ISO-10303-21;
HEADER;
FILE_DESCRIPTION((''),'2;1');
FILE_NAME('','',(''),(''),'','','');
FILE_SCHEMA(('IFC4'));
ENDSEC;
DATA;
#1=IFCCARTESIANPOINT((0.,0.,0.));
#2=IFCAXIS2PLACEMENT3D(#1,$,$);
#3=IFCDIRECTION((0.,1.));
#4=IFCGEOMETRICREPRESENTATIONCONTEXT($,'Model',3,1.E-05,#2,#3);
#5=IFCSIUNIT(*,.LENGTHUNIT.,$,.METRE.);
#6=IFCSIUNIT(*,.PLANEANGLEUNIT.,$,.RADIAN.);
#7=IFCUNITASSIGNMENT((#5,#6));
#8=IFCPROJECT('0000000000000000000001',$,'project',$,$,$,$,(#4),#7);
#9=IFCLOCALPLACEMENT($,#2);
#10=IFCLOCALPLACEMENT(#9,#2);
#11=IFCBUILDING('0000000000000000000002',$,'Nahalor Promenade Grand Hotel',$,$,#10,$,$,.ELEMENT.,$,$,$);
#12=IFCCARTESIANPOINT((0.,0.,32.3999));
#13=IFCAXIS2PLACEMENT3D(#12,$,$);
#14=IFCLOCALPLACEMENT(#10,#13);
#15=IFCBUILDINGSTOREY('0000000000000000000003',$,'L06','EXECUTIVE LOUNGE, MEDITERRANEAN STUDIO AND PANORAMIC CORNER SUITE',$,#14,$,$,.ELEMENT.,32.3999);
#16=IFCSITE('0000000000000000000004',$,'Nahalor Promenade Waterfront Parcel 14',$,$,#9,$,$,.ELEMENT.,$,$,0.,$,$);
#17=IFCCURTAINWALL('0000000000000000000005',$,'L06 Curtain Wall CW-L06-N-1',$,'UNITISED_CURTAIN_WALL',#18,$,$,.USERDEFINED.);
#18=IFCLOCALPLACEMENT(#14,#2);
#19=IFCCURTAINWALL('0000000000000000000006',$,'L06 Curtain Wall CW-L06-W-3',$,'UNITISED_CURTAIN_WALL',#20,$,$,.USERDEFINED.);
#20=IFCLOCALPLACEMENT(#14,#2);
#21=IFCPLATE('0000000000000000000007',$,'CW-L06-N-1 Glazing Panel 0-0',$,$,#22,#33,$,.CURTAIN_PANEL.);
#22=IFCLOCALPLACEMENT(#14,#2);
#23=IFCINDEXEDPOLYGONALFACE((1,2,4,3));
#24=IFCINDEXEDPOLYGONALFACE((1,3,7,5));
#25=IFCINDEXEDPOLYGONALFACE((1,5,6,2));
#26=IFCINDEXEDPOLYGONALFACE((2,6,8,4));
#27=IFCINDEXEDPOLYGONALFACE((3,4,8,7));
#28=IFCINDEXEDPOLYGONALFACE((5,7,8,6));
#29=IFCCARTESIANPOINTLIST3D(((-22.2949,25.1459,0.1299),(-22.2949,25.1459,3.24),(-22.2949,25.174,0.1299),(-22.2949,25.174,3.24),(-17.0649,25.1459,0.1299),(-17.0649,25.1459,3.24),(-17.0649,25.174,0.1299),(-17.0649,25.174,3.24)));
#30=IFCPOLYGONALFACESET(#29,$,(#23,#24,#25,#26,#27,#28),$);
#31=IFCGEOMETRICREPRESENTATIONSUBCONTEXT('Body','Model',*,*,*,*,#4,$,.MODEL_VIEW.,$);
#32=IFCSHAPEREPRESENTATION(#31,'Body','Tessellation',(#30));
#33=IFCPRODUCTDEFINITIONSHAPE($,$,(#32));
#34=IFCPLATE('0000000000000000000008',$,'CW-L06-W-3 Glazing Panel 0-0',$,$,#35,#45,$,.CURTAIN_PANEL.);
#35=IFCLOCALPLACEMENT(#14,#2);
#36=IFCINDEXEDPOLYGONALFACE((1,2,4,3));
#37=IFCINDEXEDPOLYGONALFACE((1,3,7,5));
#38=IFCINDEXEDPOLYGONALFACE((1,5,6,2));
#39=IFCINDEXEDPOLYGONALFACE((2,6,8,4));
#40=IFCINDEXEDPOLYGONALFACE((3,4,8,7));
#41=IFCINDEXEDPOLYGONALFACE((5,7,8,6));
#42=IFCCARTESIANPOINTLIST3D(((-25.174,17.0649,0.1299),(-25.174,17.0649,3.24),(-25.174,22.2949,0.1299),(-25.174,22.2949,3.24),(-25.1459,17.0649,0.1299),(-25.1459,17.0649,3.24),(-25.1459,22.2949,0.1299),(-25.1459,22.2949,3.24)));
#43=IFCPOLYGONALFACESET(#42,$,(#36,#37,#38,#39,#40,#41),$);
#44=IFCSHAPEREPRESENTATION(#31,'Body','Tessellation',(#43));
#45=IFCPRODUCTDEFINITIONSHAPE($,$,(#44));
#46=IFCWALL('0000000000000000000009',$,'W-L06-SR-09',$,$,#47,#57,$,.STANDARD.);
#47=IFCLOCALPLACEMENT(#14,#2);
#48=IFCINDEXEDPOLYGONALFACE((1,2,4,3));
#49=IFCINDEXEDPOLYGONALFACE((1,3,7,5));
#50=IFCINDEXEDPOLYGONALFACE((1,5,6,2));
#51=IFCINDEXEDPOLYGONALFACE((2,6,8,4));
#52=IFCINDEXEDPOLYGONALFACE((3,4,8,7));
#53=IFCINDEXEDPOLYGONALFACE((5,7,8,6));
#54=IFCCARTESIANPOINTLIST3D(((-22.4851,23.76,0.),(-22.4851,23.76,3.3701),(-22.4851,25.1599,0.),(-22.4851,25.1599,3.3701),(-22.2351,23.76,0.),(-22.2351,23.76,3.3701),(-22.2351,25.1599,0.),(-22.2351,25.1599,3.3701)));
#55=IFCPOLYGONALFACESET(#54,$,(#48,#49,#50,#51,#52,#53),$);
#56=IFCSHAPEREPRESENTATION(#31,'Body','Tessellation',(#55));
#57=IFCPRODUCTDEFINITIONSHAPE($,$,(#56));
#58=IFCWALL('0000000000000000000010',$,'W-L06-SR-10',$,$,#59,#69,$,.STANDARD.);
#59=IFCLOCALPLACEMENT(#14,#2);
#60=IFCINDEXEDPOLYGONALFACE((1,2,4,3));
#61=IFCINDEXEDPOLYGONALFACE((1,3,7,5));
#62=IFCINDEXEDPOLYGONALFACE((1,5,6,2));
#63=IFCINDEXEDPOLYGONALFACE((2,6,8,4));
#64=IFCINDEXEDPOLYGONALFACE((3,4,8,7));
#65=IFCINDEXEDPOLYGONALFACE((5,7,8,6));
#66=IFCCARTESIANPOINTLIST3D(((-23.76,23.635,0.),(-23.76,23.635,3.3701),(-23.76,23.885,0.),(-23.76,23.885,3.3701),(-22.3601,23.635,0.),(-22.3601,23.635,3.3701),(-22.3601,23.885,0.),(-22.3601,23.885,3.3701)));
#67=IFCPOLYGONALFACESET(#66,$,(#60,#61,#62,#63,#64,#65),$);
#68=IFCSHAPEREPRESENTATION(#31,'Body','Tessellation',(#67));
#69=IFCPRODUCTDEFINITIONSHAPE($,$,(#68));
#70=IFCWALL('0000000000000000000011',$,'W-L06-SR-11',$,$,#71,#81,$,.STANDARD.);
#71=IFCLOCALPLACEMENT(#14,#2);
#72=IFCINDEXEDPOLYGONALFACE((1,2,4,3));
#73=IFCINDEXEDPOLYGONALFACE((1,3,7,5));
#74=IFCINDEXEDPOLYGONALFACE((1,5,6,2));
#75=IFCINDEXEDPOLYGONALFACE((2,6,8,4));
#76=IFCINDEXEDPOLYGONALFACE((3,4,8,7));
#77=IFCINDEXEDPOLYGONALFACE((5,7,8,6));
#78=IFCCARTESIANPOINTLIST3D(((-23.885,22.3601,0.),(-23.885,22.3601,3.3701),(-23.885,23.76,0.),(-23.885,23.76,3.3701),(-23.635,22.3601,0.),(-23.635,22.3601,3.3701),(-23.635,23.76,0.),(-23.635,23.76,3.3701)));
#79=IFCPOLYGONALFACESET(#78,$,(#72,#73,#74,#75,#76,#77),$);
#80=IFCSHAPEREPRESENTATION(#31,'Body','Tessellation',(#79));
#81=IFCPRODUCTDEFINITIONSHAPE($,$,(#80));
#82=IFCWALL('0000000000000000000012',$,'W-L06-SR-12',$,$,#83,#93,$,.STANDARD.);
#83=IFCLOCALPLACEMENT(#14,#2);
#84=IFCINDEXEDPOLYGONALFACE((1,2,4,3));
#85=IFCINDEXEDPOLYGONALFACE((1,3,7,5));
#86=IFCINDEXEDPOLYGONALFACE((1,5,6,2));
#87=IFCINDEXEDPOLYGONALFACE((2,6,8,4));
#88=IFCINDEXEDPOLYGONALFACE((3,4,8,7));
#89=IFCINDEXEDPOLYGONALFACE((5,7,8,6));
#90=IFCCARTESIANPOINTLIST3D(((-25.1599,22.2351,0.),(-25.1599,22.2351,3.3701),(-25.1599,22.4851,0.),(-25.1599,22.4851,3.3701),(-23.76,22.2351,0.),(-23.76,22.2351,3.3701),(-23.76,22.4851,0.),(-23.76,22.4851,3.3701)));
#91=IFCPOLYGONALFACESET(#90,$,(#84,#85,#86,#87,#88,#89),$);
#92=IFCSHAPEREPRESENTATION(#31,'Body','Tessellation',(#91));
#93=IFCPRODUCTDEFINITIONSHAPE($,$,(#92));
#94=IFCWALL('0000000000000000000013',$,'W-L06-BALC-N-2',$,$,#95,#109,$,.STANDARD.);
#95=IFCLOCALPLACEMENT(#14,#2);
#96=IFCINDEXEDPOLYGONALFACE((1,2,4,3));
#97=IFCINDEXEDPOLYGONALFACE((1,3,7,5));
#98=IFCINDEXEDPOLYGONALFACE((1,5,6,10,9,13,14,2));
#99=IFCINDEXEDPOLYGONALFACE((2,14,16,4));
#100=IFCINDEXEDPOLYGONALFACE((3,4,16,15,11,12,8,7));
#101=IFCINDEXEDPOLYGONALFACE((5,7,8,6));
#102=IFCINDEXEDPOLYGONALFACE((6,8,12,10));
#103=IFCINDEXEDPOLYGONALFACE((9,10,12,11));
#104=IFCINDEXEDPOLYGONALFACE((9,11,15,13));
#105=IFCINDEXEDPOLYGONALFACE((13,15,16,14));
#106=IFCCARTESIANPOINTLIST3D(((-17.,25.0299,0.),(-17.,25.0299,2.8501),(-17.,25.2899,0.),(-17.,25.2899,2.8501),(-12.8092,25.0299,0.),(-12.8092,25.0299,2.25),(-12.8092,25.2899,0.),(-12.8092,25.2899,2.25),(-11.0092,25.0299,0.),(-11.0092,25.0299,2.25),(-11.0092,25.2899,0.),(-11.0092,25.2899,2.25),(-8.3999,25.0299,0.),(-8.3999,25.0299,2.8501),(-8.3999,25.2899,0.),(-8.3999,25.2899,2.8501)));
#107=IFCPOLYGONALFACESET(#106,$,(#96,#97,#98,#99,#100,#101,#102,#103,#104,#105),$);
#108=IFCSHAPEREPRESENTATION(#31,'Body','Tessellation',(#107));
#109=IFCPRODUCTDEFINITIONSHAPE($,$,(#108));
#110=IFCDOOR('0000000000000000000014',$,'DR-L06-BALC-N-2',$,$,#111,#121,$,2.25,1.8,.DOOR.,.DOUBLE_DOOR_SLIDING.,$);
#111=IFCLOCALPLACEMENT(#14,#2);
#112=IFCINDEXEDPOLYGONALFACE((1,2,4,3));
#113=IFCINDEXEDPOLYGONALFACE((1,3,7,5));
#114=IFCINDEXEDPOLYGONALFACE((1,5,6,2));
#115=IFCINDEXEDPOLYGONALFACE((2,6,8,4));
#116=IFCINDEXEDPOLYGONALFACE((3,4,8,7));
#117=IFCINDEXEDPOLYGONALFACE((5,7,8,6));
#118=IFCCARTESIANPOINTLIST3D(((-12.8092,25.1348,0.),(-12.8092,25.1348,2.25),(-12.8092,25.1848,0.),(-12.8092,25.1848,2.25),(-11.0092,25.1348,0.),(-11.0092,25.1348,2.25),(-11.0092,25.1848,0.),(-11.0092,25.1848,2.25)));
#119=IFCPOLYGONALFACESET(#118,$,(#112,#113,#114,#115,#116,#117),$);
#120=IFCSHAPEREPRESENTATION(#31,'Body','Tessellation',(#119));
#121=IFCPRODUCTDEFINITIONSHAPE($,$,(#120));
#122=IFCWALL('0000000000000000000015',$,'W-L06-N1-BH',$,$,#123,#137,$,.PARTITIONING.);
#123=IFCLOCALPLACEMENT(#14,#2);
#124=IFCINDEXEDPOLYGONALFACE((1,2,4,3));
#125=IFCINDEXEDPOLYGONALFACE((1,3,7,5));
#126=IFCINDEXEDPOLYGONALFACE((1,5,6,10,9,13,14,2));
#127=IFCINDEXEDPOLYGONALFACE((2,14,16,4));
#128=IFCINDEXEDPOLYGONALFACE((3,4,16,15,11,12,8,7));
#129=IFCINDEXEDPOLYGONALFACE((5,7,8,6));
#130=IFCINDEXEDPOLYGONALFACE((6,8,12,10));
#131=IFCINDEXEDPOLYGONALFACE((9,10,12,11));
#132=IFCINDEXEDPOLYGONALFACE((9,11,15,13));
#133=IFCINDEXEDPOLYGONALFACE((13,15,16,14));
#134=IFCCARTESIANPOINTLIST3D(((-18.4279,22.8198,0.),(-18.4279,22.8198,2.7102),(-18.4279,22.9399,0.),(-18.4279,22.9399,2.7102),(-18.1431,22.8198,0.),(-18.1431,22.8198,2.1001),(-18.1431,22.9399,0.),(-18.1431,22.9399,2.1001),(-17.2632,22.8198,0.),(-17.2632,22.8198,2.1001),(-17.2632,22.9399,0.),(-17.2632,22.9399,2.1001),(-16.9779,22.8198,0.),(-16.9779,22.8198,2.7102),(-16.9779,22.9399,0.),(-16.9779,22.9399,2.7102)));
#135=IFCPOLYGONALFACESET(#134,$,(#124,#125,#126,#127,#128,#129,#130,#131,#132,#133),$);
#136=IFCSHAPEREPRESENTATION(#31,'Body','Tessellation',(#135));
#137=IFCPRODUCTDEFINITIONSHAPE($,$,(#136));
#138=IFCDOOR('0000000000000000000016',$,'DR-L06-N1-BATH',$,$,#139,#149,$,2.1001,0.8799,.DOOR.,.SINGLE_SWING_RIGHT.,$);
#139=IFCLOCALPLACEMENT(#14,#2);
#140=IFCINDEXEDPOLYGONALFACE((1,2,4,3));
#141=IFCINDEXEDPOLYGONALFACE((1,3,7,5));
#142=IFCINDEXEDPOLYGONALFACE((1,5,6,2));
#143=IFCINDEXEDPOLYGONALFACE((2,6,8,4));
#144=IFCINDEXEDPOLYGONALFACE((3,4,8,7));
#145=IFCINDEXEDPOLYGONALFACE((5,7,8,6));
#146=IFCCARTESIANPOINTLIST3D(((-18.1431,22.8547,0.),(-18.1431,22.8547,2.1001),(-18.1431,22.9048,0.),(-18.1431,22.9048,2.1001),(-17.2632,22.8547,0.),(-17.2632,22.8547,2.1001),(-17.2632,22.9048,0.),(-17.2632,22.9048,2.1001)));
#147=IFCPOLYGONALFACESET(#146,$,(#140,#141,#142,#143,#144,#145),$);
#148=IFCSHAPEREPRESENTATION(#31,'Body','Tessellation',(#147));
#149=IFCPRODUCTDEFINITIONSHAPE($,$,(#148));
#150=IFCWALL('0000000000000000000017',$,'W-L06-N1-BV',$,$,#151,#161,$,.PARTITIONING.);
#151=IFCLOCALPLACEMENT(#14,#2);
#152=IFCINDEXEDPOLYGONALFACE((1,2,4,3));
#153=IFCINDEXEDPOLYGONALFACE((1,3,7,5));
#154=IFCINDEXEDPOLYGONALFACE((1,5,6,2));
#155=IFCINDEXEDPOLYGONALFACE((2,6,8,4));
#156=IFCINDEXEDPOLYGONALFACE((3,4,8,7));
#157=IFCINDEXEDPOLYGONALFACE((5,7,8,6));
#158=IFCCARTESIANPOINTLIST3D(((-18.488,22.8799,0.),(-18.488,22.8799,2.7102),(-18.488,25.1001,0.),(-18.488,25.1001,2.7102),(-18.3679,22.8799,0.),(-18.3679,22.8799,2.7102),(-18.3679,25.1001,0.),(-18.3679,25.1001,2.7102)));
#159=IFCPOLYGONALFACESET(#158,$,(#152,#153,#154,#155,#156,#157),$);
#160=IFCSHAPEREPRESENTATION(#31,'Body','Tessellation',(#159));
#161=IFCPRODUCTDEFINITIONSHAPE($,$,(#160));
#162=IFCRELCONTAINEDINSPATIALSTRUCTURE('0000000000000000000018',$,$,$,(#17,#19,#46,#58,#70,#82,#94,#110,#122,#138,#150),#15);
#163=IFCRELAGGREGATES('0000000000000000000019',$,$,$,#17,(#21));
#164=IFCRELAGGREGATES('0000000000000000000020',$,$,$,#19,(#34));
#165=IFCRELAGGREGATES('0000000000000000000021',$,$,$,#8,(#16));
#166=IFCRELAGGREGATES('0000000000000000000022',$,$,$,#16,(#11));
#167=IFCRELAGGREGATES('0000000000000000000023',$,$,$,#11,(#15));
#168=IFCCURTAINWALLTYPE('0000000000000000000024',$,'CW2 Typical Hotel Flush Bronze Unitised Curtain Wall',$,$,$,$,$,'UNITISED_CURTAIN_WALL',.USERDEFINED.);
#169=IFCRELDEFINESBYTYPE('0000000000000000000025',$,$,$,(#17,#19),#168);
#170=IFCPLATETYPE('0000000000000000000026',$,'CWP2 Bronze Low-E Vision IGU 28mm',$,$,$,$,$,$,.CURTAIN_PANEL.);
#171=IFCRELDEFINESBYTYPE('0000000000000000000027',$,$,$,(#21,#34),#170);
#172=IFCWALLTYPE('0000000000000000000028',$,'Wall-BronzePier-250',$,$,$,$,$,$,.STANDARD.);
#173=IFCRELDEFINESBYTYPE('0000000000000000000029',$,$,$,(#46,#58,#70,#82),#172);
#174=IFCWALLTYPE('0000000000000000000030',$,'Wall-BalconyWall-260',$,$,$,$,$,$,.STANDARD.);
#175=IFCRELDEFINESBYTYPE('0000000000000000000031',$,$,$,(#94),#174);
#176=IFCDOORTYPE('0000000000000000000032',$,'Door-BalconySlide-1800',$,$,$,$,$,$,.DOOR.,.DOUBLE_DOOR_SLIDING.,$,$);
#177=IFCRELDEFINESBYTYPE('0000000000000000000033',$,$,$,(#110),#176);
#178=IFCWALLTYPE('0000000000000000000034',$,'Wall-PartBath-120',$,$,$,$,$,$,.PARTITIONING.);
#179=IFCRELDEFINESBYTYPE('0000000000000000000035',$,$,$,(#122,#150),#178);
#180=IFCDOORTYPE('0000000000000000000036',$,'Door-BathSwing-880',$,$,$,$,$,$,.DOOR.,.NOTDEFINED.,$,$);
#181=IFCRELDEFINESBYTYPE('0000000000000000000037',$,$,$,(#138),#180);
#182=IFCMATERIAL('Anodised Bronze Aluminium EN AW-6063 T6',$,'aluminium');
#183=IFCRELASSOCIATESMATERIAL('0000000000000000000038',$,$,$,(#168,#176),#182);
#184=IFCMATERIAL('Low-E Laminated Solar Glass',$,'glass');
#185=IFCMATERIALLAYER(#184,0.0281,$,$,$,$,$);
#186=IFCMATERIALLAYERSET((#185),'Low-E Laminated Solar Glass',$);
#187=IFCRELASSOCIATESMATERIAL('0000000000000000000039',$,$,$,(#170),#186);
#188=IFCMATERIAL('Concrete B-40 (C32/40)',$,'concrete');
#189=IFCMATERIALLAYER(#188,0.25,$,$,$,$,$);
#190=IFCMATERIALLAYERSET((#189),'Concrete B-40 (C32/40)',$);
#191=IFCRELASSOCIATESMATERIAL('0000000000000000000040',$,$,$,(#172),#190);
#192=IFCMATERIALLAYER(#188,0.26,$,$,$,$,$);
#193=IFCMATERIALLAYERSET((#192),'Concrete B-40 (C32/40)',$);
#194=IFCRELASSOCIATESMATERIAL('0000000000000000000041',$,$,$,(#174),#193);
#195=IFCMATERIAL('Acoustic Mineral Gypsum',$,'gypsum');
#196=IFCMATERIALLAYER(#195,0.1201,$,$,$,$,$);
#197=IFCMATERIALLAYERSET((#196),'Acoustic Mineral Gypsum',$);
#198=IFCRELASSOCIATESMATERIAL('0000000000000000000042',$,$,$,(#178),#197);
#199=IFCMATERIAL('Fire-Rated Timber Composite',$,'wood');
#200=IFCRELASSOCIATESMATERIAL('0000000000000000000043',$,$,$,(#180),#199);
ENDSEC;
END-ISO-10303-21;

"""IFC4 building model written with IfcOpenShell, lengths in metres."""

from ifc_helpers import new_model, si_unit, direction, frame, frame_2d, origin, origin_2d, place, context, subcontext, project, spatial, rectangle, extrude, source, transform, mapped, material, layer, layer_set, type_object, element, fill, aggregate, save


model = new_model("IFC4")

# Units and contexts
model_context = context("Model", 3, precision=1e-05, world=origin(), true_north=direction((0.0, 1.0)))
body_context = subcontext(model_context, "Body", "Model", "MODEL_VIEW")
ifc_project = project(units=[si_unit("LENGTHUNIT", "METRE"), si_unit("PLANEANGLEUNIT", "RADIAN")], contexts=[model_context])

# Site, building, storey
site_placement = place(None, origin())
site = spatial("IfcSite", under=ifc_project, at=site_placement, Name="Nahalor Promenade Waterfront Parcel 14", CompositionType="ELEMENT", RefElevation=0.0)
building_placement = place(site_placement, origin())
building = spatial("IfcBuilding", under=site, at=building_placement, Name="Nahalor Promenade Grand Hotel", CompositionType="ELEMENT")
storey_placement = place(building_placement, frame((0.0, 0.0, 32.3999)))
storey = spatial("IfcBuildingStorey", under=building, at=storey_placement, Name="L06", Description="EXECUTIVE LOUNGE, MEDITERRANEAN STUDIO AND PANORAMIC CORNER SUITE", CompositionType="ELEMENT", Elevation=32.3999)

# Curtain walls
ifc_material_1 = material(Name="Anodised Bronze Aluminium EN AW-6063 T6", Category="aluminium")
curtain_wall_type = type_object("IfcCurtainWallType", Name="CW2 Typical Hotel Flush Bronze Unitised Curtain Wall", ElementType="UNITISED_CURTAIN_WALL", PredefinedType="USERDEFINED", material=ifc_material_1)
curtain_wall_1_placement = place(storey_placement, origin())
curtain_wall_1 = element("IfcCurtainWall", 1, at=curtain_wall_1_placement, inside=storey, type_object=curtain_wall_type, Name="L06 Curtain Wall CW-L06-N-1", ObjectType="UNITISED_CURTAIN_WALL", PredefinedType="USERDEFINED")
curtain_wall_2_placement = place(storey_placement, origin())
curtain_wall_2 = element("IfcCurtainWall", 2, at=curtain_wall_2_placement, inside=storey, type_object=curtain_wall_type, Name="L06 Curtain Wall CW-L06-W-3", ObjectType="UNITISED_CURTAIN_WALL", PredefinedType="USERDEFINED")

# Plates
ifc_material_2 = material(Name="Low-E Laminated Solar Glass", Category="glass")
ifc_layer_1 = layer(ifc_material_2, 0.0281)
ifc_layer_set_1 = layer_set([ifc_layer_1], Name="Low-E Laminated Solar Glass")
plate_type = type_object("IfcPlateType", Name="CWP2 Bronze Low-E Vision IGU 28mm", PredefinedType="CURTAIN_PANEL", material=ifc_layer_set_1)
shared_shape_1 = source(origin(), body_context, "Body", "SweptSolid", [
    extrude(rectangle(XDim=5.23, YDim=0.0281, at=origin_2d()), origin(), (0.0, 0.0, 1.0), 3.1101),
])
plate_1_placement = place(storey_placement, frame((-19.6799, 25.1599, 0.1299), z_axis=(0.0, 0.0, 1.0), x_axis=(1.0, 0.0, 0.0)))
plate_1 = element("IfcPlate", 3, at=plate_1_placement, type_object=plate_type, Name="CW-L06-N-1 Glazing Panel 0-0", PredefinedType="CURTAIN_PANEL", context=body_context, shape_type="MappedRepresentation", body=[
    mapped(shared_shape_1, transform((0.0, 0.0, 0.0), scale=1.0)),
])
aggregate(curtain_wall_1, [plate_1])
plate_2_placement = place(storey_placement, frame((-25.1599, 19.6799, 0.1299), z_axis=(0.0, 0.0, 1.0), x_axis=(0.0, 1.0, 0.0)))
plate_2 = element("IfcPlate", 4, at=plate_2_placement, type_object=plate_type, Name="CW-L06-W-3 Glazing Panel 0-0", PredefinedType="CURTAIN_PANEL", context=body_context, shape_type="MappedRepresentation", body=[
    mapped(shared_shape_1, transform((0.0, 0.0, 0.0), scale=1.0)),
])
aggregate(curtain_wall_2, [plate_2])

# Walls
ifc_material_3 = material(Name="Concrete B-40 (C32/40)", Category="concrete")
ifc_layer_2 = layer(ifc_material_3, 0.25)
ifc_layer_set_2 = layer_set([ifc_layer_2], Name="Concrete B-40 (C32/40)")
wall_type_1 = type_object("IfcWallType", Name="Wall-BronzePier-250", PredefinedType="STANDARD", material=ifc_layer_set_2)
shared_shape_2 = source(origin(), body_context, "Body", "SweptSolid", [
    extrude(rectangle(XDim=1.3999, YDim=0.25, at=frame_2d((0.7, 0.0))), origin(), (0.0, 0.0, 1.0), 3.3701),
])
for number, where, z_axis, x_axis, name in (
    (5, (-22.3601, 23.76, 0.0), (0.0, 0.0, 1.0), (0.0, 1.0, 0.0), "W-L06-SR-09"),
    (6, (-23.76, 23.76, 0.0), (0.0, 0.0, 1.0), (1.0, 0.0, 0.0), "W-L06-SR-10"),
    (7, (-23.76, 22.3601, 0.0), (0.0, 0.0, 1.0), (0.0, 1.0, 0.0), "W-L06-SR-11"),
    (8, (-25.1599, 22.3601, 0.0), (0.0, 0.0, 1.0), (1.0, 0.0, 0.0), "W-L06-SR-12"),
):
    element("IfcWall", number, at=place(storey_placement, frame(where, z_axis=z_axis, x_axis=x_axis)), inside=storey, type_object=wall_type_1, Name=name, PredefinedType="STANDARD", context=body_context, shape_type="MappedRepresentation", body=[
        mapped(shared_shape_2, transform((0.0, 0.0, 0.0), scale=1.0)),
    ])

# Walls, openings, doors
ifc_layer_3 = layer(ifc_material_3, 0.26)
ifc_layer_set_3 = layer_set([ifc_layer_3], Name="Concrete B-40 (C32/40)")
wall_type_2 = type_object("IfcWallType", Name="Wall-BalconyWall-260", PredefinedType="STANDARD", material=ifc_layer_set_3)
shared_shape_3 = source(origin(), body_context, "Body", "SweptSolid", [
    extrude(rectangle(XDim=8.6001, YDim=0.26, at=frame_2d((4.3, 0.0))), origin(), (0.0, 0.0, 1.0), 2.8501),
])
wall_1_placement = place(storey_placement, frame((-17.0, 25.1599, 0.0), z_axis=(0.0, 0.0, 1.0), x_axis=(1.0, 0.0, 0.0)))
wall_1 = element("IfcWall", 9, at=wall_1_placement, inside=storey, type_object=wall_type_2, Name="W-L06-BALC-N-2", PredefinedType="STANDARD", context=body_context, shape_type="MappedRepresentation", body=[
    mapped(shared_shape_3, transform((0.0, 0.0, 0.0), scale=1.0)),
])
opening_1_placement = place(wall_1_placement, frame((4.1909, 0.0, 0.0)))
opening_1 = element("IfcOpeningElement", 10, at=opening_1_placement, cuts=wall_1, PredefinedType="OPENING", context=body_context, shape_type="SweptSolid", body=[
    extrude(rectangle(XDim=1.8, YDim=2.25, at=frame_2d((0.8999, 1.125))), frame((0.0, 0.1399, 0.0), z_axis=(0.0, -1.0, 0.0), x_axis=(1.0, 0.0, 0.0)), (0.0, 0.0, 1.0), 0.28),
])
door_type_1 = type_object("IfcDoorType", Name="Door-BalconySlide-1800", OperationType="DOUBLE_DOOR_SLIDING", PredefinedType="DOOR", material=ifc_material_1)
shared_shape_4 = source(origin(), body_context, "Body", "SweptSolid", [
    extrude(rectangle(XDim=1.8, YDim=2.25, at=frame_2d((0.8999, 1.125))), frame((0.0, 0.0249, 0.0), z_axis=(0.0, -1.0, 0.0), x_axis=(1.0, 0.0, 0.0)), (0.0, 0.0, 1.0), 0.05),
])
door_1_placement = place(opening_1_placement, origin())
door_1 = element("IfcDoor", 11, at=door_1_placement, inside=storey, type_object=door_type_1, Name="DR-L06-BALC-N-2", OperationType="DOUBLE_DOOR_SLIDING", OverallHeight=2.25, OverallWidth=1.8, PredefinedType="DOOR", context=body_context, shape_type="MappedRepresentation", body=[
    mapped(shared_shape_4, transform((0.0, 0.0, 0.0), scale=1.0)),
])
fill(opening_1, door_1)
ifc_material_4 = material(Name="Acoustic Mineral Gypsum", Category="gypsum")
ifc_layer_4 = layer(ifc_material_4, 0.1201)
ifc_layer_set_4 = layer_set([ifc_layer_4], Name="Acoustic Mineral Gypsum")
wall_type_3 = type_object("IfcWallType", Name="Wall-PartBath-120", PredefinedType="PARTITIONING", material=ifc_layer_set_4)
shared_shape_5 = source(origin(), body_context, "Body", "SweptSolid", [
    extrude(rectangle(XDim=1.45, YDim=0.1201, at=frame_2d((0.7251, 0.0))), origin(), (0.0, 0.0, 1.0), 2.7102),
])
wall_2_placement = place(storey_placement, frame((-18.428, 22.8799, 0.0), z_axis=(0.0, 0.0, 1.0), x_axis=(1.0, 0.0, 0.0)))
wall_2 = element("IfcWall", 12, at=wall_2_placement, inside=storey, type_object=wall_type_3, Name="W-L06-N1-BH", PredefinedType="PARTITIONING", context=body_context, shape_type="MappedRepresentation", body=[
    mapped(shared_shape_5, transform((0.0, 0.0, 0.0), scale=1.0)),
])
opening_2_placement = place(wall_2_placement, frame((0.2849, 0.0, 0.0)))
opening_2 = element("IfcOpeningElement", 13, at=opening_2_placement, cuts=wall_2, PredefinedType="OPENING", context=body_context, shape_type="SweptSolid", body=[
    extrude(rectangle(XDim=0.8799, YDim=2.1001, at=frame_2d((0.4399, 1.05))), frame((0.0, 0.0701, 0.0), z_axis=(0.0, -1.0, 0.0), x_axis=(1.0, 0.0, 0.0)), (0.0, 0.0, 1.0), 0.1401),
])
ifc_material_5 = material(Name="Fire-Rated Timber Composite", Category="wood")
door_type_2 = type_object("IfcDoorType", Name="Door-BathSwing-880", OperationType="NOTDEFINED", PredefinedType="DOOR", material=ifc_material_5)
shared_shape_6 = source(origin(), body_context, "Body", "SweptSolid", [
    extrude(rectangle(XDim=0.8799, YDim=2.1001, at=frame_2d((0.4399, 1.05))), frame((0.0, 0.0249, 0.0), z_axis=(0.0, -1.0, 0.0), x_axis=(1.0, 0.0, 0.0)), (0.0, 0.0, 1.0), 0.05),
])
door_2_placement = place(opening_2_placement, origin())
door_2 = element("IfcDoor", 14, at=door_2_placement, inside=storey, type_object=door_type_2, Name="DR-L06-N1-BATH", OperationType="SINGLE_SWING_RIGHT", OverallHeight=2.1001, OverallWidth=0.8799, PredefinedType="DOOR", context=body_context, shape_type="MappedRepresentation", body=[
    mapped(shared_shape_6, transform((0.0, 0.0, 0.0), scale=1.0)),
])
fill(opening_2, door_2)

# Wall
shared_shape_7 = source(origin(), body_context, "Body", "SweptSolid", [
    extrude(rectangle(XDim=2.2202, YDim=0.1201, at=frame_2d((1.1101, 0.0))), origin(), (0.0, 0.0, 1.0), 2.7102),
])
wall_3_placement = place(storey_placement, frame((-18.428, 22.8799, 0.0), z_axis=(0.0, 0.0, 1.0), x_axis=(0.0, 1.0, 0.0)))
element("IfcWall", 15, at=wall_3_placement, inside=storey, type_object=wall_type_3, Name="W-L06-N1-BV", PredefinedType="PARTITIONING", context=body_context, shape_type="MappedRepresentation", body=[
    mapped(shared_shape_7, transform((0.0, 0.0, 0.0), scale=1.0)),
])

save(model, "model.ifc")
